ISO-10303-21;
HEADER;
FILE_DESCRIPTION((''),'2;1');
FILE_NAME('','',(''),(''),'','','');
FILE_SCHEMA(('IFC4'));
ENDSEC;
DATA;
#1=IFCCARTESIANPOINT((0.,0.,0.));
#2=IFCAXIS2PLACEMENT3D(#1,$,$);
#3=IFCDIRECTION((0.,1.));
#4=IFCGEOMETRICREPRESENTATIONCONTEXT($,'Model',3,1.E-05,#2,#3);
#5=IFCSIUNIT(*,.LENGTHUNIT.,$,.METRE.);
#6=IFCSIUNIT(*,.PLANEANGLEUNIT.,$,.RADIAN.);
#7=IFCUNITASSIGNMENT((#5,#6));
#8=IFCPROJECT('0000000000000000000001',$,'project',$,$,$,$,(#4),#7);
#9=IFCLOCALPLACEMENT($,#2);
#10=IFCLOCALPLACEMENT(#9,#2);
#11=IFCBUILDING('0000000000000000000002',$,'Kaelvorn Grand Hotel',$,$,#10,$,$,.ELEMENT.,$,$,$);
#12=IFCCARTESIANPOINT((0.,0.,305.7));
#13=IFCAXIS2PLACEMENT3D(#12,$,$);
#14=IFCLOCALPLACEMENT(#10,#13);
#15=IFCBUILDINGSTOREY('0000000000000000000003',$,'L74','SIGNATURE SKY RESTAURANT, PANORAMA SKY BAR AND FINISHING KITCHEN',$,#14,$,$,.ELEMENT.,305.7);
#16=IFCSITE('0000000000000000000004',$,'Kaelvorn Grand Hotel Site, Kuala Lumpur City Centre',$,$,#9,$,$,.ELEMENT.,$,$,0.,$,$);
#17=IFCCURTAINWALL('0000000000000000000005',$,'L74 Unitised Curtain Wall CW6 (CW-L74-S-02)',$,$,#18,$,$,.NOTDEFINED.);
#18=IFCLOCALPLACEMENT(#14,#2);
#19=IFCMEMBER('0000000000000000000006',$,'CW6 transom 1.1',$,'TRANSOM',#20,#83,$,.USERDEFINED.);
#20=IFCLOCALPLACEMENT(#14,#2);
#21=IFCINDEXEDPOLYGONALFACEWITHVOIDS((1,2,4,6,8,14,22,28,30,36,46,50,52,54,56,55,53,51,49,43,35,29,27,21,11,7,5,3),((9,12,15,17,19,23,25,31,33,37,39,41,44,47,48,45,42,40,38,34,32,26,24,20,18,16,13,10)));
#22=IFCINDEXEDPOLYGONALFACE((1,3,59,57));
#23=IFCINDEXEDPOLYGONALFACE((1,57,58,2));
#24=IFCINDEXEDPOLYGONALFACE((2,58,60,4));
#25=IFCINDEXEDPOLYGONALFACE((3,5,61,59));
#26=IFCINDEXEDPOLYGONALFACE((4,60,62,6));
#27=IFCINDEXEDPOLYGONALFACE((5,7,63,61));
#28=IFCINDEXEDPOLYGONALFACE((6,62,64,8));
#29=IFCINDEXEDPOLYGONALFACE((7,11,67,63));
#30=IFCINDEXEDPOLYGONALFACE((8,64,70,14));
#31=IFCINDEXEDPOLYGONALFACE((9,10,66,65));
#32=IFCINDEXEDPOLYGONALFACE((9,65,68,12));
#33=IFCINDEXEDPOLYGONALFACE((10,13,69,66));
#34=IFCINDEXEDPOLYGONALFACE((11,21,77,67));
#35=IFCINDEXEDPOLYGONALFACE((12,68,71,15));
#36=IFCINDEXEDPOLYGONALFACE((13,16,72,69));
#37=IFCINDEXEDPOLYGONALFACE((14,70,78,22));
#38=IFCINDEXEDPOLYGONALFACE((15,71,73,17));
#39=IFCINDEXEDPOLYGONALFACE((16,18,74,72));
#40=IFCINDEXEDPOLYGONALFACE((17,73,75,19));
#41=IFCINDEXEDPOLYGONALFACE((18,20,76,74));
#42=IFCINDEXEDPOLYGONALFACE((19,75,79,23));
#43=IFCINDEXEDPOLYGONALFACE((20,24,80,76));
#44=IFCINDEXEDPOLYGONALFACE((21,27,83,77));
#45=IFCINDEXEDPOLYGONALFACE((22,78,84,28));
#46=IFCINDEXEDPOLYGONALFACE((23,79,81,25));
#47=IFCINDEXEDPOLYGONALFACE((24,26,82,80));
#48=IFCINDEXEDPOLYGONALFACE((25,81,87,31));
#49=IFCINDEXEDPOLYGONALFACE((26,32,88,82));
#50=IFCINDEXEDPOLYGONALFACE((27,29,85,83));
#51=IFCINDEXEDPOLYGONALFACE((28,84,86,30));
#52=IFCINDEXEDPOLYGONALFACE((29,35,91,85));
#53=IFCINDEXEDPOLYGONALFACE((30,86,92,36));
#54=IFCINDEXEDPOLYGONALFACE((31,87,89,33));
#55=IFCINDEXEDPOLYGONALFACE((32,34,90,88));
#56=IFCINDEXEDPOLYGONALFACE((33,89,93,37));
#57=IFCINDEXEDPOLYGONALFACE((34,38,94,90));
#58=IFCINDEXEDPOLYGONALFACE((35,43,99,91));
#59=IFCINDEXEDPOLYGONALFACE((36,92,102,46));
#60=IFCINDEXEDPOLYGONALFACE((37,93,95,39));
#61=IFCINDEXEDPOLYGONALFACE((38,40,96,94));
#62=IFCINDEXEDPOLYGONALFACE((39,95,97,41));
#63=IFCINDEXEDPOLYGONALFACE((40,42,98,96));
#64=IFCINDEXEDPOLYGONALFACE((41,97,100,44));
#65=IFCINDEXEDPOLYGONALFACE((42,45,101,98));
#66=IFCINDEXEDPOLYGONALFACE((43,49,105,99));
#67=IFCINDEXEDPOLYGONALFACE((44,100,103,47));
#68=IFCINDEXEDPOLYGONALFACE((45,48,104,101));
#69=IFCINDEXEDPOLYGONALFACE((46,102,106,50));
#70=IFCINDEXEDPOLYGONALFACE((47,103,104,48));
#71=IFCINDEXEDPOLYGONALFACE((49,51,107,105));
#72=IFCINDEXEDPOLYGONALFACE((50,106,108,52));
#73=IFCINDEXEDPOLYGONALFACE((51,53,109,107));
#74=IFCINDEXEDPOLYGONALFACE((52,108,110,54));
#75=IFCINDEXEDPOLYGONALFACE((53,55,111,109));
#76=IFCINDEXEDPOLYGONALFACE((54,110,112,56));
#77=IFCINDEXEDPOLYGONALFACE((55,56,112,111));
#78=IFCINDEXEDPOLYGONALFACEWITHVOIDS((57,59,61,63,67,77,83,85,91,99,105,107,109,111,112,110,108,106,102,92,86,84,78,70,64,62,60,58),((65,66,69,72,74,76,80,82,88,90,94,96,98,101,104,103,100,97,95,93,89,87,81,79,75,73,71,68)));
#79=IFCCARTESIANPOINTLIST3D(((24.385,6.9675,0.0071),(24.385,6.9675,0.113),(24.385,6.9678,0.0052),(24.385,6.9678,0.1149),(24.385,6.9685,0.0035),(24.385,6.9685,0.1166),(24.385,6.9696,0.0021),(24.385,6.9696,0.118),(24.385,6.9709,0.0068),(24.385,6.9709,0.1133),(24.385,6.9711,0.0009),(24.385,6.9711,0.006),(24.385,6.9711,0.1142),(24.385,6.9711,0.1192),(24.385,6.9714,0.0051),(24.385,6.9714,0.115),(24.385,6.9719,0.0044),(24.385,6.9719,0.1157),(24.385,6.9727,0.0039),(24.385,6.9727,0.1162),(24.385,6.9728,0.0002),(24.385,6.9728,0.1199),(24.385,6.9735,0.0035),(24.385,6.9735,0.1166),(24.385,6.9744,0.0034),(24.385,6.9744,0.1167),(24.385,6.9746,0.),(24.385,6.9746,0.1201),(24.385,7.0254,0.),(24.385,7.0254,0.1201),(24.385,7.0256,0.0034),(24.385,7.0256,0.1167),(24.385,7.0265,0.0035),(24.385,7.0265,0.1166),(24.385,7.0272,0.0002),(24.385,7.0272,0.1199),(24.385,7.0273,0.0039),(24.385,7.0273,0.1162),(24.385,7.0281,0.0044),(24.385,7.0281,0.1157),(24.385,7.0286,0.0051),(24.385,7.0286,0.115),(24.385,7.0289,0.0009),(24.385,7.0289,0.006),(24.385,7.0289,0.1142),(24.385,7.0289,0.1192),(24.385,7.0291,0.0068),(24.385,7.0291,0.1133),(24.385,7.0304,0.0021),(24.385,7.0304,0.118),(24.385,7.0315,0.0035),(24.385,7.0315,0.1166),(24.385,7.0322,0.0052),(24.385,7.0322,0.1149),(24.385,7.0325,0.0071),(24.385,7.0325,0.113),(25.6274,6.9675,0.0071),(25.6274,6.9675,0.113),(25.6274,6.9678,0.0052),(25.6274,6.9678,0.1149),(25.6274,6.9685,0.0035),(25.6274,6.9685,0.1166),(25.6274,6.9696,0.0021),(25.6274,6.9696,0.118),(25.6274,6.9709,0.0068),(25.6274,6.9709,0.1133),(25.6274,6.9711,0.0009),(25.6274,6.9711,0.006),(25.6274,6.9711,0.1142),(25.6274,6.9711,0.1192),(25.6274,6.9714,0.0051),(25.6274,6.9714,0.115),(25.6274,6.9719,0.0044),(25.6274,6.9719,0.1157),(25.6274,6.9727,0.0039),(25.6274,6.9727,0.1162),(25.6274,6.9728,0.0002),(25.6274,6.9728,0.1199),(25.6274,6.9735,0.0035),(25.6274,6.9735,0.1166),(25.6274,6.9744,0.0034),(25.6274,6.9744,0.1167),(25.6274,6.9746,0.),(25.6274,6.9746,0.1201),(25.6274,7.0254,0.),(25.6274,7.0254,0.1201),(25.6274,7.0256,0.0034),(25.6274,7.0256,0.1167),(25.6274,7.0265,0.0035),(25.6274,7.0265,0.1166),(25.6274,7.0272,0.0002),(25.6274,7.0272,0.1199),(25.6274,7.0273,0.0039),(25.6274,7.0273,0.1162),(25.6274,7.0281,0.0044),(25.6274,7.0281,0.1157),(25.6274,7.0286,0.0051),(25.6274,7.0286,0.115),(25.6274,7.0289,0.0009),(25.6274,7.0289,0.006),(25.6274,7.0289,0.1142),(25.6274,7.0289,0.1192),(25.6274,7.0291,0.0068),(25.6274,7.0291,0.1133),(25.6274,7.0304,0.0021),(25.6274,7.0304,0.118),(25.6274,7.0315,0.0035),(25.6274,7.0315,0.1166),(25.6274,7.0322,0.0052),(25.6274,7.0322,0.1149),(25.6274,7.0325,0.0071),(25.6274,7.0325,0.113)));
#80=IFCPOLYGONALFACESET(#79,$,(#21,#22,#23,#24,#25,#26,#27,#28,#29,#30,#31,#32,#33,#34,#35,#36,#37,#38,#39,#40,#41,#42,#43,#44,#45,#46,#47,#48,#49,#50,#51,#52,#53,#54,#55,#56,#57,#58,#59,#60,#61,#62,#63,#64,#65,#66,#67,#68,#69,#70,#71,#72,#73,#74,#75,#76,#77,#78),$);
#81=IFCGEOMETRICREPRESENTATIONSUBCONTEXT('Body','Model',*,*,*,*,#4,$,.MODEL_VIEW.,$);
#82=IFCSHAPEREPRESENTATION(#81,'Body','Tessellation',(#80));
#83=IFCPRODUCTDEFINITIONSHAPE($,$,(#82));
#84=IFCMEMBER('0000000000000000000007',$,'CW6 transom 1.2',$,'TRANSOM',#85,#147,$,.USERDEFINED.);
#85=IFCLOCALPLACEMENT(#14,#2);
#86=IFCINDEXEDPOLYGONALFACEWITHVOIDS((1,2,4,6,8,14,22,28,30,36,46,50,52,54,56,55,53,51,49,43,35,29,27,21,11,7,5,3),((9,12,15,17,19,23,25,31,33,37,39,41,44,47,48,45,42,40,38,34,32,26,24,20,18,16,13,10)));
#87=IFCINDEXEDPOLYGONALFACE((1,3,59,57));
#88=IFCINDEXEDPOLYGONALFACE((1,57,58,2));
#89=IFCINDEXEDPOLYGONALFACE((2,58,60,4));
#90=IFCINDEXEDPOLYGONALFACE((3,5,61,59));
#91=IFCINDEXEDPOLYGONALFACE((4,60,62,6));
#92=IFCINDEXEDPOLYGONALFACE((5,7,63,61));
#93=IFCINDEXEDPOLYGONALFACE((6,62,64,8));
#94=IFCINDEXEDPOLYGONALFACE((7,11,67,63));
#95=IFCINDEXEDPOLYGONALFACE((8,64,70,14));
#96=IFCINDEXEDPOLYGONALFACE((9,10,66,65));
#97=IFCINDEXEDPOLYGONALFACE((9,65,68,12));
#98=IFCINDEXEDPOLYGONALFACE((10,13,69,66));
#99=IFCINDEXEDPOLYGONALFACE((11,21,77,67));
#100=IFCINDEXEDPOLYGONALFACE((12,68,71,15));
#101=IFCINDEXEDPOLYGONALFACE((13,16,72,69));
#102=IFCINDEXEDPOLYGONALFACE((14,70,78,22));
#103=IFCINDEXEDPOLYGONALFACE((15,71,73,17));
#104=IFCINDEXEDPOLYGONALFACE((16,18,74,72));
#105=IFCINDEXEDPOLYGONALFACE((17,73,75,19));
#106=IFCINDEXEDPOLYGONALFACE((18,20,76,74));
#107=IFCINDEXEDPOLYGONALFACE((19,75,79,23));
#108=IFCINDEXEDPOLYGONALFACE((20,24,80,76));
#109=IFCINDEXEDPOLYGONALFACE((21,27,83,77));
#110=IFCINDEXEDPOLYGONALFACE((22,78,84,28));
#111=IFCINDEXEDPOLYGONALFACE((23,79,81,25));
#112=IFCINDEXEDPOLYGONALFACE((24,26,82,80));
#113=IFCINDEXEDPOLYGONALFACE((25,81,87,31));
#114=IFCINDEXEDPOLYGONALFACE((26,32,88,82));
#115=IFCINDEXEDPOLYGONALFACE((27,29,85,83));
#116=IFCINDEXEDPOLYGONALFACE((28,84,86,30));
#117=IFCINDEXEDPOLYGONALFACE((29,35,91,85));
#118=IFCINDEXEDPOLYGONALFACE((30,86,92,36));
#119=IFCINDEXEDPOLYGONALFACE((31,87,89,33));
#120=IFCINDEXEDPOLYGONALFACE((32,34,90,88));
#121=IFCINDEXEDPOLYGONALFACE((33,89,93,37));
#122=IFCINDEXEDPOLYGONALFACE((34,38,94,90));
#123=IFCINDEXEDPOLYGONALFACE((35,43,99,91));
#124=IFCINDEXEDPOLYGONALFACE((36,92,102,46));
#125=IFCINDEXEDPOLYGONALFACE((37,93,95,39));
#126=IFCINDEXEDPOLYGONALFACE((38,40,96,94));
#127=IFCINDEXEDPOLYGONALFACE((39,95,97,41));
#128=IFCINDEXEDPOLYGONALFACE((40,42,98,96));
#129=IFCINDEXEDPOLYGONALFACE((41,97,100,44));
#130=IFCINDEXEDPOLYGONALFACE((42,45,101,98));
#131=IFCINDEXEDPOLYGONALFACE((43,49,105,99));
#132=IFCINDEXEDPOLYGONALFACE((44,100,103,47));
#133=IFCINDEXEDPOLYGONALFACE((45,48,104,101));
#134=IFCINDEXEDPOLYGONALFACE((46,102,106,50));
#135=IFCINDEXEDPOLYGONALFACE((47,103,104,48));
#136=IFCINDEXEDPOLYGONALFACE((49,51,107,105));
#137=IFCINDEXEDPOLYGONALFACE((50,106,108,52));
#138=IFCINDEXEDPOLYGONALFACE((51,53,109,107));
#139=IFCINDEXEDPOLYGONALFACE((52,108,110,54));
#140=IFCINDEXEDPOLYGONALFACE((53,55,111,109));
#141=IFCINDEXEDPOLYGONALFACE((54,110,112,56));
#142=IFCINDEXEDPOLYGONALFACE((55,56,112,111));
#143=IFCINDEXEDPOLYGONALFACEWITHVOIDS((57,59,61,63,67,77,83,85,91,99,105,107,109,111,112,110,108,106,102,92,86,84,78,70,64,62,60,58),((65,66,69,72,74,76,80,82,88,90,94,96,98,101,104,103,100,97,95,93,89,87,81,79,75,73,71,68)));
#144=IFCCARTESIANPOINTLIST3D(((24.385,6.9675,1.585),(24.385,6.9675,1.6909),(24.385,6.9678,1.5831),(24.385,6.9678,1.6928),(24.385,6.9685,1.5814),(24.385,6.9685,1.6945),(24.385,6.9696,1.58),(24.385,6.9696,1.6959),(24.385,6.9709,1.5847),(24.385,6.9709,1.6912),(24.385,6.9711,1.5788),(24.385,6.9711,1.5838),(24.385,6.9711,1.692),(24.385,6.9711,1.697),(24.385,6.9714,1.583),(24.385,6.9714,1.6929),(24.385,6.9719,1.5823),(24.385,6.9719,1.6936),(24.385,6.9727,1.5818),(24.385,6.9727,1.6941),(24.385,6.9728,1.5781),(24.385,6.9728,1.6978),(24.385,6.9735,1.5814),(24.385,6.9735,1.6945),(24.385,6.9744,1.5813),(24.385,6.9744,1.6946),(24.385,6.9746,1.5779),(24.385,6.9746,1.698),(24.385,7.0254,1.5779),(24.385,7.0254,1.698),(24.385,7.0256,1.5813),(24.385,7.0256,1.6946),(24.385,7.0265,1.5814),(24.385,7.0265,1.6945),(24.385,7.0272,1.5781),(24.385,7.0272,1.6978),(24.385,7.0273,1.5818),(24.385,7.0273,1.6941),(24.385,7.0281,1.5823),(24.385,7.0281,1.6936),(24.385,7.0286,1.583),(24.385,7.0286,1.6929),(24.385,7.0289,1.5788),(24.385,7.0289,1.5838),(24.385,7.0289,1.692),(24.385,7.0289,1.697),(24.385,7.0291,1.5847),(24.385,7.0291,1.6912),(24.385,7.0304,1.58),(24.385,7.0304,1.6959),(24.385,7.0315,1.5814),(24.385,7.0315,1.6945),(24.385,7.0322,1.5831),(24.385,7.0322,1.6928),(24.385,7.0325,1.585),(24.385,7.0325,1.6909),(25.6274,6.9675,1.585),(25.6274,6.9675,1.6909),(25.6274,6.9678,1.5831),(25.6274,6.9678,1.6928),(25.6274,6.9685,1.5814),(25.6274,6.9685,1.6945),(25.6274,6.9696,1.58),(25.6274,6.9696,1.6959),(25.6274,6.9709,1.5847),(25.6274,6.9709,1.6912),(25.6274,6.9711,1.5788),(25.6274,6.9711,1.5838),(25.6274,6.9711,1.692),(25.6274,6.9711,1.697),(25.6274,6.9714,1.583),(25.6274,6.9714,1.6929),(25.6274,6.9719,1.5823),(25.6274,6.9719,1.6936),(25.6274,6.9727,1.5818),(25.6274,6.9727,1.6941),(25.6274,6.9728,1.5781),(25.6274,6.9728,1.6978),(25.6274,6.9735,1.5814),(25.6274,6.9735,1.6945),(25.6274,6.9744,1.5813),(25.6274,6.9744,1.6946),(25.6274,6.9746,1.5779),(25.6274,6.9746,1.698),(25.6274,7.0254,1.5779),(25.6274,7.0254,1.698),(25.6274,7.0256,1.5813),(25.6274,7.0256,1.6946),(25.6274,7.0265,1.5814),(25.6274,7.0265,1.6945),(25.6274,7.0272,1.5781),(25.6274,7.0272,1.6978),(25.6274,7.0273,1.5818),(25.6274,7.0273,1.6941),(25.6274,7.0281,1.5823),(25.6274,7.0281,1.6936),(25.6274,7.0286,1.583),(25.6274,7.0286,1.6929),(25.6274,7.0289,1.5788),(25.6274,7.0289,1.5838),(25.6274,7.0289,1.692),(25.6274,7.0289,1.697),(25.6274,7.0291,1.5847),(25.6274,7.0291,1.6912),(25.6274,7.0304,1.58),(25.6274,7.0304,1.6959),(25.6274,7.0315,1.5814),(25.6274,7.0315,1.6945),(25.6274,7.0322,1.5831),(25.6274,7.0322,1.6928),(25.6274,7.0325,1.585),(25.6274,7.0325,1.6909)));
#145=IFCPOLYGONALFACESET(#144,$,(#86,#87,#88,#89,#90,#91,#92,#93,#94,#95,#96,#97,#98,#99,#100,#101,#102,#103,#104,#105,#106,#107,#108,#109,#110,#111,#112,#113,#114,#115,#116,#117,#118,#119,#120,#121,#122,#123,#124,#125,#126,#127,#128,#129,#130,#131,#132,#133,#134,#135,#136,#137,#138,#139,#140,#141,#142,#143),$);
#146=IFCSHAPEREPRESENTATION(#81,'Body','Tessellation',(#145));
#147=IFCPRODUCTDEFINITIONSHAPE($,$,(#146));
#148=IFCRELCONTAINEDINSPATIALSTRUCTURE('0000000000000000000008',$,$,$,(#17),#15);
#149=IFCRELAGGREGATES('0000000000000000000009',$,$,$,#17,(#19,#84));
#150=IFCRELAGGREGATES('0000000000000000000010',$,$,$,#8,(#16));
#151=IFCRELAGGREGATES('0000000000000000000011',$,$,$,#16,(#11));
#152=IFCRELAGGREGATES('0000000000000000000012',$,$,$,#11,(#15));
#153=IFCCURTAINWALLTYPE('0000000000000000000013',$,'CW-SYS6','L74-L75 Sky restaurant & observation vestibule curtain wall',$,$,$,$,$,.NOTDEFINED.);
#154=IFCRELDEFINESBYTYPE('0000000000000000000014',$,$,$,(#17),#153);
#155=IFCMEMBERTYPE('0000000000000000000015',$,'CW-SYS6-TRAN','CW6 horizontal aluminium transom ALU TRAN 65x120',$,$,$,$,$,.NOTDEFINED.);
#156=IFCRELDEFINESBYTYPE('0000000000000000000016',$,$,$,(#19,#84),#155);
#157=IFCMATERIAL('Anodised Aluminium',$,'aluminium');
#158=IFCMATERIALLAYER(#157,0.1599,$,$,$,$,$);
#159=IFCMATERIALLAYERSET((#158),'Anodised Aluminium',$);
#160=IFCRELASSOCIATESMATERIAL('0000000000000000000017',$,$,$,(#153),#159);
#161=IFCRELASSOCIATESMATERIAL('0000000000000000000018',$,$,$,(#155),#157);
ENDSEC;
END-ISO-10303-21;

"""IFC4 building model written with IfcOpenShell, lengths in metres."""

from ifc_helpers import new_model, si_unit, direction, frame, origin, origin_2d, place, context, subcontext, project, spatial, hollow_rectangle, extrude, material, layer, layer_set, material_profile, profile_set, type_object, element, aggregate, save


model = new_model("IFC4")

# Units and contexts
model_context = context("Model", 3, precision=1e-05, world=origin(), true_north=direction((0.0, 1.0)))
body_context = subcontext(model_context, "Body", "Model", "MODEL_VIEW")
ifc_project = project(units=[si_unit("LENGTHUNIT", "METRE"), si_unit("PLANEANGLEUNIT", "RADIAN")], contexts=[model_context])

# Site, building, storey
site_placement = place(None, origin())
site = spatial("IfcSite", under=ifc_project, at=site_placement, Name="Kaelvorn Grand Hotel Site, Kuala Lumpur City Centre", CompositionType="ELEMENT", RefElevation=0.0)
building_placement = place(site_placement, origin())
building = spatial("IfcBuilding", under=site, at=building_placement, Name="Kaelvorn Grand Hotel", CompositionType="ELEMENT")
storey_placement = place(building_placement, frame((0.0, 0.0, 305.7)))
storey = spatial("IfcBuildingStorey", under=building, at=storey_placement, Name="L74", Description="SIGNATURE SKY RESTAURANT, PANORAMA SKY BAR AND FINISHING KITCHEN", CompositionType="ELEMENT", Elevation=305.7)

# Shared definitions
ifc_material_1 = material(Name="Anodised Aluminium", Category="aluminium")
ifc_layer_1 = layer(ifc_material_1, 0.1599)
ifc_layer_set_1 = layer_set([ifc_layer_1], Name="Anodised Aluminium")
curtain_wall_type = type_object("IfcCurtainWallType", Name="CW-SYS6", Description="L74-L75 Sky restaurant & observation vestibule curtain wall", PredefinedType="NOTDEFINED", material=ifc_layer_set_1)

# Curtain wall, members
curtain_wall_1_placement = place(storey_placement, origin())
curtain_wall_1 = element("IfcCurtainWall", 1, at=curtain_wall_1_placement, inside=storey, type_object=curtain_wall_type, Name="L74 Unitised Curtain Wall CW6 (CW-L74-S-02)", PredefinedType="NOTDEFINED")
ifc_material_profile_1 = material_profile(ifc_material_1, hollow_rectangle(XDim=0.0649, YDim=0.1201, WallThickness=0.0034, InnerFilletRadius=0.0034, OuterFilletRadius=0.0071, at=origin_2d()), Name="ALU TRAN 65x120")
ifc_profile_set_1 = profile_set([ifc_material_profile_1], Name="Anodised Aluminium")
member_type_1 = type_object("IfcMemberType", Name="CW-SYS6-TRAN", Description="CW6 horizontal aluminium transom ALU TRAN 65x120", PredefinedType="NOTDEFINED", material=ifc_profile_set_1)
member_1_placement = place(storey_placement, frame((24.385, 7.0, 0.0601), z_axis=(1.0, 0.0, 0.0), x_axis=(0.0, 1.0, 0.0)))
member_1 = element("IfcMember", 2, at=member_1_placement, type_object=member_type_1, Name="CW6 transom 1.1", ObjectType="TRANSOM", PredefinedType="USERDEFINED", context=body_context, shape_type="SweptSolid", body=[
    extrude(hollow_rectangle(XDim=0.0649, YDim=0.1201, WallThickness=0.0034, InnerFilletRadius=0.0034, OuterFilletRadius=0.0071, at=origin_2d()), origin(), (0.0, 0.0, 1.0), 1.2424),
])
member_2_placement = place(storey_placement, frame((24.385, 7.0, 1.6379), z_axis=(1.0, 0.0, 0.0), x_axis=(0.0, 1.0, 0.0)))
member_2 = element("IfcMember", 3, at=member_2_placement, type_object=member_type_1, Name="CW6 transom 1.2", ObjectType="TRANSOM", PredefinedType="USERDEFINED", context=body_context, shape_type="SweptSolid", body=[
    extrude(hollow_rectangle(XDim=0.0649, YDim=0.1201, WallThickness=0.0034, InnerFilletRadius=0.0034, OuterFilletRadius=0.0071, at=origin_2d()), origin(), (0.0, 0.0, 1.0), 1.2424),
])

aggregate(curtain_wall_1, [member_1, member_2])

save(model, "model.ifc")
